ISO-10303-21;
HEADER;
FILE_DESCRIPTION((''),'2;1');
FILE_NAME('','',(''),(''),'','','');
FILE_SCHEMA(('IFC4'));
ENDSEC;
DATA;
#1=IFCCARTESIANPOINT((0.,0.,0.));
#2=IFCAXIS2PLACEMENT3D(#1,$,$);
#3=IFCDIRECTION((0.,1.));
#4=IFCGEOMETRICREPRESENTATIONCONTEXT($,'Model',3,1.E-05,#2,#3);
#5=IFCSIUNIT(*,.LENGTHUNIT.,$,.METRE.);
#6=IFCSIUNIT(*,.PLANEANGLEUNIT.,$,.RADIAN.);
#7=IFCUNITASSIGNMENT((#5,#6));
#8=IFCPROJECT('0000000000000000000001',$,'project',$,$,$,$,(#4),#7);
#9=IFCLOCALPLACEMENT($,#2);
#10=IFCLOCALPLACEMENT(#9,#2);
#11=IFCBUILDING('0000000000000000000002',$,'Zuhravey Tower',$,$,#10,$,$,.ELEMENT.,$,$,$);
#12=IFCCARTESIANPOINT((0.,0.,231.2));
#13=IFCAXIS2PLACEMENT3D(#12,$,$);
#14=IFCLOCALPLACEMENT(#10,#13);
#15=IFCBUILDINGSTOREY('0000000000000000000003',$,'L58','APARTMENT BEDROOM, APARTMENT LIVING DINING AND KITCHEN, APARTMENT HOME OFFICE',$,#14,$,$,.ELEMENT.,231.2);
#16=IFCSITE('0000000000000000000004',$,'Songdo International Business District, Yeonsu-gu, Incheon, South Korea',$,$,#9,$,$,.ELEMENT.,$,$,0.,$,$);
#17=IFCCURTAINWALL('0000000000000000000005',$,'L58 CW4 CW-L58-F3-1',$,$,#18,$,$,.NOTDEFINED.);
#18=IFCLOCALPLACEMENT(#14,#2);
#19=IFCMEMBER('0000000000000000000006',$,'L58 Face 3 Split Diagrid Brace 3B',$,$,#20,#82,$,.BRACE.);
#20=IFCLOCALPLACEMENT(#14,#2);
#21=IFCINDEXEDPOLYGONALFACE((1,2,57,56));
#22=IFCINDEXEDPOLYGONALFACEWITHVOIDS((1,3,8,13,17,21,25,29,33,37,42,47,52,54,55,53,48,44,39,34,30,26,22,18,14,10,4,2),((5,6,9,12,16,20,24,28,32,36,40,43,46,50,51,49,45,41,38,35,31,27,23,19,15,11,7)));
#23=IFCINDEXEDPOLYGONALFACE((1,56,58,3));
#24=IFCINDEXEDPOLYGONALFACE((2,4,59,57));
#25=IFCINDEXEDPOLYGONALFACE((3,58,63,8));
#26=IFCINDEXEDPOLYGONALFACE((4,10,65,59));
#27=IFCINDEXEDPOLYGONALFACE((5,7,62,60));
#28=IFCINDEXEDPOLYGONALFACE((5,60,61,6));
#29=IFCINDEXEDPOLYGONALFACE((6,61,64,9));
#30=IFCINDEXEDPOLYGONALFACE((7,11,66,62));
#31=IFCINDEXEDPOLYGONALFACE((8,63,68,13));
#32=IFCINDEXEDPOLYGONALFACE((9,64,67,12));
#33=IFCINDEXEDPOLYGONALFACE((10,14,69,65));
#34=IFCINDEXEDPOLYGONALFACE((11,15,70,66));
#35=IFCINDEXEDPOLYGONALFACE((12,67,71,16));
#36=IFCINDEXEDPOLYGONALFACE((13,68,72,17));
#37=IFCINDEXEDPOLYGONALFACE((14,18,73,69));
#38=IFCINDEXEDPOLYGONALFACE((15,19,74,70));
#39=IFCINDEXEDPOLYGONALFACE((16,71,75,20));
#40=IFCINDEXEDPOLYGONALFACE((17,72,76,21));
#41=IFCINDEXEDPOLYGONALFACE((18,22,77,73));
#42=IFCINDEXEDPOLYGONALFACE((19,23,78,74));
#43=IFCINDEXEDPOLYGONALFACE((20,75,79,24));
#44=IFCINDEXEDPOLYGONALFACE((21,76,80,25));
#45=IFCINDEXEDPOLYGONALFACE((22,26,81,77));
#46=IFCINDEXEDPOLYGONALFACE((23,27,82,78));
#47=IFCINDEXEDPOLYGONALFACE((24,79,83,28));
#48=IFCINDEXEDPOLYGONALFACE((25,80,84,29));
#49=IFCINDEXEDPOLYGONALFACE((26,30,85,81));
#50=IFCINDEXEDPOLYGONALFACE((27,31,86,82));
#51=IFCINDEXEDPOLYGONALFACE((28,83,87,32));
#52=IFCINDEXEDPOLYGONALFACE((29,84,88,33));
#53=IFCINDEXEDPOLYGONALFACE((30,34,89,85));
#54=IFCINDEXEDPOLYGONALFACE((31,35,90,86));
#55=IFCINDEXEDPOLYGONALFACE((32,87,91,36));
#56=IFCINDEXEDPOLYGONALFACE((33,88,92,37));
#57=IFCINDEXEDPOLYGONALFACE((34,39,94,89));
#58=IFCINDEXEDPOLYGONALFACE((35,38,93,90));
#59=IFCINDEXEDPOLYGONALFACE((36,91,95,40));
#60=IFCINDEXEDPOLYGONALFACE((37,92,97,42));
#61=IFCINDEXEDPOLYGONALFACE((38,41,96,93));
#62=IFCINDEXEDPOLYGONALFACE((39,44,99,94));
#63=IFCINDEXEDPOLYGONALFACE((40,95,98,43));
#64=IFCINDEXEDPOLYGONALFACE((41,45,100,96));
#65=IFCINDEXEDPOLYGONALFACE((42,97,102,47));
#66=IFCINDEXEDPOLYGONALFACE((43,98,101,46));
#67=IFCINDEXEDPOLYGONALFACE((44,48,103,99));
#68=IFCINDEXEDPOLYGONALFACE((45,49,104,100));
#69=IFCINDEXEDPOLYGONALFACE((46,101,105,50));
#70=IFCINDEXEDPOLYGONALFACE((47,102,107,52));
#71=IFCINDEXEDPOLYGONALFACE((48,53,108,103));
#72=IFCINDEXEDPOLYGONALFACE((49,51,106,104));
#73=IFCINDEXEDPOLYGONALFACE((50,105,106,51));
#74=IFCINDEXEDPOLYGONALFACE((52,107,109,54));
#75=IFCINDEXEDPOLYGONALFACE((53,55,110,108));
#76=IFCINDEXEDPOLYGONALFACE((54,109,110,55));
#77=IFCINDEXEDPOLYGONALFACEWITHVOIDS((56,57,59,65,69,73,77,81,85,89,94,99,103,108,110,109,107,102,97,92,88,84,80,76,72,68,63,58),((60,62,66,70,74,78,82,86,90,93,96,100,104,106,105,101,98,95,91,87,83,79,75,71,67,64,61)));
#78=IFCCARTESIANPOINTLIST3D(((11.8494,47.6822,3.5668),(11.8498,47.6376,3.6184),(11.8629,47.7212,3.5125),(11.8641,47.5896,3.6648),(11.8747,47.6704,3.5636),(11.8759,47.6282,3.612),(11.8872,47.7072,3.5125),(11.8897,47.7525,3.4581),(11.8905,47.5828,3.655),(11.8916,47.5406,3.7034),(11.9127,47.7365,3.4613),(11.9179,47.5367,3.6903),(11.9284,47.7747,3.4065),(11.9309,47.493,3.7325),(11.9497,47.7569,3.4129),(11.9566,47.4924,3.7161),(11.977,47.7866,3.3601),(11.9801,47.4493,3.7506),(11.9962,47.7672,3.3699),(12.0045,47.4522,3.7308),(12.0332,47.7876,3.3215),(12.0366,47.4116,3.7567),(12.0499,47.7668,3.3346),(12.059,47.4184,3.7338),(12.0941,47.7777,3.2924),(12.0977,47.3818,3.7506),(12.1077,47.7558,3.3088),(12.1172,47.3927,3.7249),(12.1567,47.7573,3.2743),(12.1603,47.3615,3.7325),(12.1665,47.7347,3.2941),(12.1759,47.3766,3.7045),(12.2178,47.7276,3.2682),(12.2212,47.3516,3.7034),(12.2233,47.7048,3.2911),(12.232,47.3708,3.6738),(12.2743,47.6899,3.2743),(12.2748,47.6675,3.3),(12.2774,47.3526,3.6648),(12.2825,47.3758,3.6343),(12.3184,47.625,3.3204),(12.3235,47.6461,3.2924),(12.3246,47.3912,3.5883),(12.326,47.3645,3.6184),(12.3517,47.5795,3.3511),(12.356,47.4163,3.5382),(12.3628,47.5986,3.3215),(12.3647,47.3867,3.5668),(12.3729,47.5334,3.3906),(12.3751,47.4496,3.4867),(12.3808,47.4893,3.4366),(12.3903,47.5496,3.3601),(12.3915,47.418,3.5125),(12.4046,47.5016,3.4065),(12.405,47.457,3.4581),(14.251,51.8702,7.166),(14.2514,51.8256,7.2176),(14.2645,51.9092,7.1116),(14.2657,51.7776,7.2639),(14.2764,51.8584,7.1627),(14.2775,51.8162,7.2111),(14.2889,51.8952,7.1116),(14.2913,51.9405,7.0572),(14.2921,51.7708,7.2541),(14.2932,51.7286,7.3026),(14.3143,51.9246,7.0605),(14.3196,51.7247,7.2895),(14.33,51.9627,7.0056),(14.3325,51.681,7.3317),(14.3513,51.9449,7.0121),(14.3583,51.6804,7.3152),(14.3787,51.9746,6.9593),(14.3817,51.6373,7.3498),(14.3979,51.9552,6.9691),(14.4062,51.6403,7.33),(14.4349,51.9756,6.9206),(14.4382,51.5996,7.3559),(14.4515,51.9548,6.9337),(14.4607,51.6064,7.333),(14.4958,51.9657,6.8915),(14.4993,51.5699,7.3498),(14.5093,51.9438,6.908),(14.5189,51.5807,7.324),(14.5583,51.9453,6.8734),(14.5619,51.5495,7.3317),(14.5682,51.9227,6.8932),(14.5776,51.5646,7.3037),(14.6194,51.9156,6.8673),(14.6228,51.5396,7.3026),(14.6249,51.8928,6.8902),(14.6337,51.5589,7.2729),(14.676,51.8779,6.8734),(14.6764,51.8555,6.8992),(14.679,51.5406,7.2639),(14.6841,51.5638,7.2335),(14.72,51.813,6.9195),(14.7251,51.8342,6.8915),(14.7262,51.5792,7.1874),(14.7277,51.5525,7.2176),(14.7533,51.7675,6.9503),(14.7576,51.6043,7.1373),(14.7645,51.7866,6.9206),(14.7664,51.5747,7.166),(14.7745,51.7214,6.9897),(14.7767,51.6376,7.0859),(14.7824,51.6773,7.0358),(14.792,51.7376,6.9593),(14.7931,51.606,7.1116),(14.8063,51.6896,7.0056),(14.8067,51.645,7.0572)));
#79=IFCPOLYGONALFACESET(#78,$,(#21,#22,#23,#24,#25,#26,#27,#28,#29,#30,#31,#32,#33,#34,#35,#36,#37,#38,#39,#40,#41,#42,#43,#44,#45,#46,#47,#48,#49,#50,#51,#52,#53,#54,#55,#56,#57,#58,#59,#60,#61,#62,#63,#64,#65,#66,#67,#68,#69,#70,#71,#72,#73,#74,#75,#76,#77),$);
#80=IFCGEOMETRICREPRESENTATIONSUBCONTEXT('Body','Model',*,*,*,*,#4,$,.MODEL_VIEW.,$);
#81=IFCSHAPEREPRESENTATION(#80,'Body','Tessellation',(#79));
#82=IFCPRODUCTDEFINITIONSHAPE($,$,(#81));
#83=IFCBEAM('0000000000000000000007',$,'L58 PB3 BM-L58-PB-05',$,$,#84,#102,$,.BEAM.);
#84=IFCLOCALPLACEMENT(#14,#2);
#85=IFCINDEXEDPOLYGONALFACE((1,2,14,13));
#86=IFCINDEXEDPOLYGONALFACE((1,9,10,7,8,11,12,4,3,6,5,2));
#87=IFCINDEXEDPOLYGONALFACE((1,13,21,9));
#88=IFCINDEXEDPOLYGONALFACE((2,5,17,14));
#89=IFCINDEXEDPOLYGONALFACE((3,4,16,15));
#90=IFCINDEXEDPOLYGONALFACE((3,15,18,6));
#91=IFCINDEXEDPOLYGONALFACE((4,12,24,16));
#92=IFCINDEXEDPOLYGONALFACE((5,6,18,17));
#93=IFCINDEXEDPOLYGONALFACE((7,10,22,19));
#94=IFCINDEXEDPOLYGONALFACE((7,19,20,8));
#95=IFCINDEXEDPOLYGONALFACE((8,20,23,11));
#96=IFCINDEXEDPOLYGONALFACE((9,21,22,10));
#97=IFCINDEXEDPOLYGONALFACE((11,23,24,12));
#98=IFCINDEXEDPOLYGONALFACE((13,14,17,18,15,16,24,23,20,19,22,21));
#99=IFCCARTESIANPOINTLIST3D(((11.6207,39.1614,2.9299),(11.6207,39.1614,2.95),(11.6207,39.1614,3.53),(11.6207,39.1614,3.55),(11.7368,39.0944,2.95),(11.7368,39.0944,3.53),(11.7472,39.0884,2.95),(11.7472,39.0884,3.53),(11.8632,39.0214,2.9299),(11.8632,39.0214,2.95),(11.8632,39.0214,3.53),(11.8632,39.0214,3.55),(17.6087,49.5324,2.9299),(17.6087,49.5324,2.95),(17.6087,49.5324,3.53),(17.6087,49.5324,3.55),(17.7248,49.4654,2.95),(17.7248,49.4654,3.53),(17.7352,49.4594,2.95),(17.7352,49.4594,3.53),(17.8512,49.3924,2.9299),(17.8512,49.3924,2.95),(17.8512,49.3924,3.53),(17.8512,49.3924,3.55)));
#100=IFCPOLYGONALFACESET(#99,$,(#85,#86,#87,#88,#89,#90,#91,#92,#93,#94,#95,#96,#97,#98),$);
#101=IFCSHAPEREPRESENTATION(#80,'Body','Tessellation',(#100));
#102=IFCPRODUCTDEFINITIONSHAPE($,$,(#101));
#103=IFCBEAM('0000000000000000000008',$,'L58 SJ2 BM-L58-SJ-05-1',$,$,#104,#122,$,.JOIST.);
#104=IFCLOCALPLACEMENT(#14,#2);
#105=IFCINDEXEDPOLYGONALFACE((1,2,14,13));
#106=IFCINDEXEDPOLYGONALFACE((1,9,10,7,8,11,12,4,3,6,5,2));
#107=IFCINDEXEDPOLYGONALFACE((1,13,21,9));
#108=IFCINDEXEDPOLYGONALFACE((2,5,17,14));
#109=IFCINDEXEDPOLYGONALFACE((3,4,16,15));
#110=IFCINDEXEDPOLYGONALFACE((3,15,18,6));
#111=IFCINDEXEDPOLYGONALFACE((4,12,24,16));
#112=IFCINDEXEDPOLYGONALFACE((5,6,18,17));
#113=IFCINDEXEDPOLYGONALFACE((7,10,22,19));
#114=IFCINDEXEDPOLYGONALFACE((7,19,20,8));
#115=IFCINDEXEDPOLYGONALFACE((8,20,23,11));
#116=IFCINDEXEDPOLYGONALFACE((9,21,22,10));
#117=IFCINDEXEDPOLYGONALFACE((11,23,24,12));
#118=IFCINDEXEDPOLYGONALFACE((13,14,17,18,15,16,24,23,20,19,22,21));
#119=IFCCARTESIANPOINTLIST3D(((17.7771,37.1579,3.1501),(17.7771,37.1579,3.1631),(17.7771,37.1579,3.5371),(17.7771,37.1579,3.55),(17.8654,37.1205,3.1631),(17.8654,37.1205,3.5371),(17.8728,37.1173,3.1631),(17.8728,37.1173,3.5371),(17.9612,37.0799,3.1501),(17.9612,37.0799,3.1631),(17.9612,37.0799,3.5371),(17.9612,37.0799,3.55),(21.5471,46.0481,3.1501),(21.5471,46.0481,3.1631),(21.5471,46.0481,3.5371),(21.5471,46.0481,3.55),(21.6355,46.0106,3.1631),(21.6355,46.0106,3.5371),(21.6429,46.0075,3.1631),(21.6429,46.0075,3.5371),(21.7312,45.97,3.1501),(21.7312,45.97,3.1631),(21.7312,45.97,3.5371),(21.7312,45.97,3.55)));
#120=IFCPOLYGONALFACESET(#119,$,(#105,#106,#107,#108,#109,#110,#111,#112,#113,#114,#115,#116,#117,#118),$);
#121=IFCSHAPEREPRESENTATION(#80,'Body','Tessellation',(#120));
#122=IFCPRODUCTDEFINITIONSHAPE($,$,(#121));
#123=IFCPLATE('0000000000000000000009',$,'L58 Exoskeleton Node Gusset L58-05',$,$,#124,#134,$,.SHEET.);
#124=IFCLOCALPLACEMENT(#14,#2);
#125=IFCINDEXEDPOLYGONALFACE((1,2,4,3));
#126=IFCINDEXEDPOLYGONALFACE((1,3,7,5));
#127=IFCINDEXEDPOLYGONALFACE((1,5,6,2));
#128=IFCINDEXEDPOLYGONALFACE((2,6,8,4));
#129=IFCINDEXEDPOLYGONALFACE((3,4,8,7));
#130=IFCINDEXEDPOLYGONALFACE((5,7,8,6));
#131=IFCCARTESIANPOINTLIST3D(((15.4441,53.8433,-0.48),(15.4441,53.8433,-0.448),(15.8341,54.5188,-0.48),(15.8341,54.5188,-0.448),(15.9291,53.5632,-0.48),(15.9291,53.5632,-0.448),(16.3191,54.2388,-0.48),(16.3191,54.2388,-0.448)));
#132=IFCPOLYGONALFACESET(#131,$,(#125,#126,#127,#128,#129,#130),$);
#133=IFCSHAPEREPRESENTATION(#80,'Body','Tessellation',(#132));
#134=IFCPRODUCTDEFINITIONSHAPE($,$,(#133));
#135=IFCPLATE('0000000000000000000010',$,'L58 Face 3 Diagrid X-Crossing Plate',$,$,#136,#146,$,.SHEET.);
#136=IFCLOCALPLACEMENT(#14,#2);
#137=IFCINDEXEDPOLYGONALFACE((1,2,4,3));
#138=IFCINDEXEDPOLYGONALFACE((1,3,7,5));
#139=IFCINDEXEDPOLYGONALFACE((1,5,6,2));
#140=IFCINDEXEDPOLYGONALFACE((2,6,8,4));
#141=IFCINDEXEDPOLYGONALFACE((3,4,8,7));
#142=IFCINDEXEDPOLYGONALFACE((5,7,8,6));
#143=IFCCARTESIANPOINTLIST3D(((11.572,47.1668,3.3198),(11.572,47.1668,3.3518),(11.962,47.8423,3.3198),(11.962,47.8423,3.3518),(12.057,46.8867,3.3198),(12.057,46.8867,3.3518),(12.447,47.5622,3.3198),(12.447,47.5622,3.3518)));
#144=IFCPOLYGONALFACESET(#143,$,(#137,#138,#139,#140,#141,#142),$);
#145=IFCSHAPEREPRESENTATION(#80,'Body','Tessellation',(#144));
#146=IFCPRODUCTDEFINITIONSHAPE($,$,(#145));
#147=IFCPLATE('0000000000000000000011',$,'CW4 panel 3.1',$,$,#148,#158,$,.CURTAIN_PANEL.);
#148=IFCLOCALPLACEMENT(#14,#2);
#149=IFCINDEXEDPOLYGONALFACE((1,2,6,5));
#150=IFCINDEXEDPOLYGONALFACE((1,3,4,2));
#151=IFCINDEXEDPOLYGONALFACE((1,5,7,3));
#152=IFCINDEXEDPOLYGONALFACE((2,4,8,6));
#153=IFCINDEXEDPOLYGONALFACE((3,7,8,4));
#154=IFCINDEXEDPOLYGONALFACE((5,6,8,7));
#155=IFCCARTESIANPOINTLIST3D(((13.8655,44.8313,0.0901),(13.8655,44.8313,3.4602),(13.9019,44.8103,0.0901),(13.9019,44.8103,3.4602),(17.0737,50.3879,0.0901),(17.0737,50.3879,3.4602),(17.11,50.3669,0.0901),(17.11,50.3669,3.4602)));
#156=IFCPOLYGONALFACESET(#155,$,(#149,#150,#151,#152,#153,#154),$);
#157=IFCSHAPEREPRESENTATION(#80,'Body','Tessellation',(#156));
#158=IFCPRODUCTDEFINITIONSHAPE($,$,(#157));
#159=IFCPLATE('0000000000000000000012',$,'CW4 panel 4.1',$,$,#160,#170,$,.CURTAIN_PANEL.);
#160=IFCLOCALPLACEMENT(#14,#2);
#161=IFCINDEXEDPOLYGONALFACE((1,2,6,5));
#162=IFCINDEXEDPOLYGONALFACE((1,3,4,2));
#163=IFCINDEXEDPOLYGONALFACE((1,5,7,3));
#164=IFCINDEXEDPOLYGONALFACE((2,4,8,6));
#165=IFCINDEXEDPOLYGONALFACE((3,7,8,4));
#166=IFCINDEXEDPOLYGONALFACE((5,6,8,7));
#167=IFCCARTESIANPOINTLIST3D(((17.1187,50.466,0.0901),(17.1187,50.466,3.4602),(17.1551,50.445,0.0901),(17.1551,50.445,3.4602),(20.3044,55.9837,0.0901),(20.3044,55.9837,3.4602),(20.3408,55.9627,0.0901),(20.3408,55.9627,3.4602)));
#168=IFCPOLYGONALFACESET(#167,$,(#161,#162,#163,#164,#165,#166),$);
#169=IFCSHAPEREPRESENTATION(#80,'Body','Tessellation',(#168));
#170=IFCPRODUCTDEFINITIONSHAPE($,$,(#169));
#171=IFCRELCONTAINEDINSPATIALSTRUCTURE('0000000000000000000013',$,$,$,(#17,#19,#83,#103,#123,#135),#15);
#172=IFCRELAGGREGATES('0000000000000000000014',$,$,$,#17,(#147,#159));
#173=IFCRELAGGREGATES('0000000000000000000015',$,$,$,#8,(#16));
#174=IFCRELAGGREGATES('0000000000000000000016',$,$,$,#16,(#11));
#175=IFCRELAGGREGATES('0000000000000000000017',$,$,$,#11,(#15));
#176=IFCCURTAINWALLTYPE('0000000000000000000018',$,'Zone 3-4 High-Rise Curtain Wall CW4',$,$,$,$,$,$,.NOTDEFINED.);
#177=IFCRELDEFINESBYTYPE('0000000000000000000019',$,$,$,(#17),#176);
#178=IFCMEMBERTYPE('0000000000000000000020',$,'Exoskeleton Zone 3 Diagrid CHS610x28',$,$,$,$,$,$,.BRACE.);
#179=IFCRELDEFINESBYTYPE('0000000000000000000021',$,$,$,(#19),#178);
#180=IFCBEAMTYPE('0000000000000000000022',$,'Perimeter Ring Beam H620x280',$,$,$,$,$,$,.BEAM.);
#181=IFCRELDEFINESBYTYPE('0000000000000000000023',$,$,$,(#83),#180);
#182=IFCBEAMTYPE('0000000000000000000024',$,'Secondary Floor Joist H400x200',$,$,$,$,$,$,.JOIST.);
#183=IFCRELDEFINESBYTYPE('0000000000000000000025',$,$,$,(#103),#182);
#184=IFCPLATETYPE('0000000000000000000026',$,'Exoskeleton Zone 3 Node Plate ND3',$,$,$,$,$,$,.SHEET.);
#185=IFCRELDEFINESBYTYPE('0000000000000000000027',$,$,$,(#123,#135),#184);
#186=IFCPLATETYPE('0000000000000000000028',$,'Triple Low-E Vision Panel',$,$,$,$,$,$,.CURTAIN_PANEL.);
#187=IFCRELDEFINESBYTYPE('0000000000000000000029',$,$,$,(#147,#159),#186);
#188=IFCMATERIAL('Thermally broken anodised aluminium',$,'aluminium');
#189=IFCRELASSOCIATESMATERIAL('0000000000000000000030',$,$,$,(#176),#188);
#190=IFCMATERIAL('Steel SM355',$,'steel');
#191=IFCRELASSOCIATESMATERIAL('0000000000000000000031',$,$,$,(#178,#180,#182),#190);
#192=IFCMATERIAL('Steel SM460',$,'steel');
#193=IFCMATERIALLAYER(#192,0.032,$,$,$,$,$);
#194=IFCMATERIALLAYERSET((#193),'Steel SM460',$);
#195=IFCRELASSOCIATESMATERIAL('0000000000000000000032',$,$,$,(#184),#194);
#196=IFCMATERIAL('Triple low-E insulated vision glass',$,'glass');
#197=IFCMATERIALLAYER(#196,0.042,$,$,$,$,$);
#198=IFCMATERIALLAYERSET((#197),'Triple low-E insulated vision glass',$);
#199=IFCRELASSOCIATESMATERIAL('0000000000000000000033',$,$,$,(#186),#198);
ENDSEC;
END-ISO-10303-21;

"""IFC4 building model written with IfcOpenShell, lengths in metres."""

from ifc_helpers import new_model, si_unit, direction, frame, origin, origin_2d, place, context, subcontext, project, spatial, rectangle, hollow_circle, i_section, extrude, material, layer, layer_set, material_profile, profile_set, type_object, element, aggregate, save


model = new_model("IFC4")

# Units and contexts
model_context = context("Model", 3, precision=1e-05, world=origin(), true_north=direction((0.0, 1.0)))
body_context = subcontext(model_context, "Body", "Model", "MODEL_VIEW")
ifc_project = project(units=[si_unit("LENGTHUNIT", "METRE"), si_unit("PLANEANGLEUNIT", "RADIAN")], contexts=[model_context])

# Site, building, storey
site_placement = place(None, origin())
site = spatial("IfcSite", under=ifc_project, at=site_placement, Name="Songdo International Business District, Yeonsu-gu, Incheon, South Korea", CompositionType="ELEMENT", RefElevation=0.0)
building_placement = place(site_placement, origin())
building = spatial("IfcBuilding", under=site, at=building_placement, Name="Zuhravey Tower", CompositionType="ELEMENT")
storey_placement = place(building_placement, frame((0.0, 0.0, 231.2)))
storey = spatial("IfcBuildingStorey", under=building, at=storey_placement, Name="L58", Description="APARTMENT BEDROOM, APARTMENT LIVING DINING AND KITCHEN, APARTMENT HOME OFFICE", CompositionType="ELEMENT", Elevation=231.2)

# Curtain wall
ifc_material_1 = material(Name="Thermally broken anodised aluminium", Category="aluminium")
curtain_wall_type = type_object("IfcCurtainWallType", Name="Zone 3-4 High-Rise Curtain Wall CW4", PredefinedType="NOTDEFINED", material=ifc_material_1)
curtain_wall_1_placement = place(storey_placement, origin())
curtain_wall_1 = element("IfcCurtainWall", 1, at=curtain_wall_1_placement, inside=storey, type_object=curtain_wall_type, Name="L58 CW4 CW-L58-F3-1", PredefinedType="NOTDEFINED")

# Member
ifc_material_2 = material(Name="Steel SM355", Category="steel")
ifc_material_profile_1 = material_profile(ifc_material_2, hollow_circle(Radius=0.3047, WallThickness=0.0281, at=origin_2d()), Name="CHS-609.6x28")
ifc_profile_set_1 = profile_set([ifc_material_profile_1], Name="Steel SM355")
member_type_1 = type_object("IfcMemberType", Name="Exoskeleton Zone 3 Diagrid CHS610x28", PredefinedType="BRACE", material=ifc_profile_set_1)
member_1_placement = place(storey_placement, frame((12.1272, 47.5696, 3.5125), z_axis=(0.398827, 0.695485, 0.597694), x_axis=(-0.867486, 0.497462, 0.0)))
element("IfcMember", 2, at=member_1_placement, inside=storey, type_object=member_type_1, Name="L58 Face 3 Split Diagrid Brace 3B", PredefinedType="BRACE", context=body_context, shape_type="SweptSolid", body=[
    extrude(hollow_circle(Radius=0.3047, WallThickness=0.0281, at=origin_2d()), origin(), (0.0, 0.0, 1.0), 6.0217),
])

# Beams
ifc_material_profile_2 = material_profile(ifc_material_2, i_section(OverallWidth=0.28, OverallDepth=0.6201, WebThickness=0.012, FlangeThickness=0.02, at=origin_2d()), Name="H-620x280x12x20")
ifc_profile_set_2 = profile_set([ifc_material_profile_2], Name="Steel SM355")
beam_type_1 = type_object("IfcBeamType", Name="Perimeter Ring Beam H620x280", PredefinedType="BEAM", material=ifc_profile_set_2)
beam_1_placement = place(storey_placement, frame((17.73, 49.4624, 3.24), z_axis=(-0.500018, -0.866015, 0.0), x_axis=(0.866015, -0.500018, 0.0)))
element("IfcBeam", 3, at=beam_1_placement, inside=storey, type_object=beam_type_1, Name="L58 PB3 BM-L58-PB-05", PredefinedType="BEAM", context=body_context, shape_type="SweptSolid", body=[
    extrude(i_section(OverallWidth=0.28, OverallDepth=0.6201, WebThickness=0.012, FlangeThickness=0.02, at=origin_2d()), origin(), (0.0, 0.0, 1.0), 11.9756),
])
ifc_material_profile_3 = material_profile(ifc_material_2, i_section(OverallWidth=0.2, OverallDepth=0.3999, WebThickness=0.0081, FlangeThickness=0.0129, at=origin_2d()), Name="H-400x200x8x13")
ifc_profile_set_3 = profile_set([ifc_material_profile_3], Name="Steel SM355")
beam_type_2 = type_object("IfcBeamType", Name="Secondary Floor Joist H400x200", PredefinedType="JOIST", material=ifc_profile_set_3)
beam_2_placement = place(storey_placement, frame((21.6392, 46.009, 3.3501), z_axis=(-0.390413, -0.92064, 0.0), x_axis=(0.92064, -0.390413, 0.0)))
element("IfcBeam", 4, at=beam_2_placement, inside=storey, type_object=beam_type_2, Name="L58 SJ2 BM-L58-SJ-05-1", PredefinedType="JOIST", context=body_context, shape_type="SweptSolid", body=[
    extrude(i_section(OverallWidth=0.2, OverallDepth=0.3999, WebThickness=0.0081, FlangeThickness=0.0129, at=origin_2d()), origin(), (0.0, 0.0, 1.0), 9.6565),
])

# Plates
ifc_material_3 = material(Name="Steel SM460", Category="steel")
ifc_layer_1 = layer(ifc_material_3, 0.032)
ifc_layer_set_1 = layer_set([ifc_layer_1], Name="Steel SM460")
plate_type_1 = type_object("IfcPlateType", Name="Exoskeleton Zone 3 Node Plate ND3", PredefinedType="SHEET", material=ifc_layer_set_1)
for number, where, z_axis, x_axis, name in (
    (5, (15.8816, 54.041, -0.48), (0.0, 0.0, 1.0), (-0.5, -0.866025, 0.0), "L58 Exoskeleton Node Gusset L58-05"),
    (6, (12.0095, 47.3645, 3.3198), (0.0, 0.0, 1.0), (-0.5, -0.866025, 0.0), "L58 Face 3 Diagrid X-Crossing Plate"),
):
    element("IfcPlate", number, at=place(storey_placement, frame(where, z_axis=z_axis, x_axis=x_axis)), inside=storey, type_object=plate_type_1, Name=name, PredefinedType="SHEET", context=body_context, shape_type="SweptSolid", body=[
        extrude(rectangle(XDim=0.78, YDim=0.5601, at=origin_2d()), origin(), (0.0, 0.0, 1.0), 0.032),
    ])

# Plates
ifc_material_4 = material(Name="Triple low-E insulated vision glass", Category="glass")
ifc_layer_2 = layer(ifc_material_4, 0.042)
ifc_layer_set_2 = layer_set([ifc_layer_2], Name="Triple low-E insulated vision glass")
plate_type_2 = type_object("IfcPlateType", Name="Triple Low-E Vision Panel", PredefinedType="CURTAIN_PANEL", material=ifc_layer_set_2)
plate_1_placement = place(storey_placement, frame((15.4878, 47.5991, 0.0901), z_axis=(0.0, 0.0, 1.0), x_axis=(0.500001, 0.866025, 0.0)))
plate_1 = element("IfcPlate", 7, at=plate_1_placement, type_object=plate_type_2, Name="CW4 panel 3.1", PredefinedType="CURTAIN_PANEL", context=body_context, shape_type="SweptSolid", body=[
    extrude(rectangle(XDim=6.4163, YDim=0.042, at=origin_2d()), origin(), (0.0, 0.0, 1.0), 3.3701),
])
plate_2_placement = place(storey_placement, frame((18.7297, 53.2144, 0.0901), z_axis=(0.0, 0.0, 1.0), x_axis=(0.500001, 0.866025, 0.0)))
plate_2 = element("IfcPlate", 8, at=plate_2_placement, type_object=plate_type_2, Name="CW4 panel 4.1", PredefinedType="CURTAIN_PANEL", context=body_context, shape_type="SweptSolid", body=[
    extrude(rectangle(XDim=6.3713, YDim=0.042, at=origin_2d()), origin(), (0.0, 0.0, 1.0), 3.3701),
])
aggregate(curtain_wall_1, [plate_1, plate_2])

save(model, "model.ifc")
